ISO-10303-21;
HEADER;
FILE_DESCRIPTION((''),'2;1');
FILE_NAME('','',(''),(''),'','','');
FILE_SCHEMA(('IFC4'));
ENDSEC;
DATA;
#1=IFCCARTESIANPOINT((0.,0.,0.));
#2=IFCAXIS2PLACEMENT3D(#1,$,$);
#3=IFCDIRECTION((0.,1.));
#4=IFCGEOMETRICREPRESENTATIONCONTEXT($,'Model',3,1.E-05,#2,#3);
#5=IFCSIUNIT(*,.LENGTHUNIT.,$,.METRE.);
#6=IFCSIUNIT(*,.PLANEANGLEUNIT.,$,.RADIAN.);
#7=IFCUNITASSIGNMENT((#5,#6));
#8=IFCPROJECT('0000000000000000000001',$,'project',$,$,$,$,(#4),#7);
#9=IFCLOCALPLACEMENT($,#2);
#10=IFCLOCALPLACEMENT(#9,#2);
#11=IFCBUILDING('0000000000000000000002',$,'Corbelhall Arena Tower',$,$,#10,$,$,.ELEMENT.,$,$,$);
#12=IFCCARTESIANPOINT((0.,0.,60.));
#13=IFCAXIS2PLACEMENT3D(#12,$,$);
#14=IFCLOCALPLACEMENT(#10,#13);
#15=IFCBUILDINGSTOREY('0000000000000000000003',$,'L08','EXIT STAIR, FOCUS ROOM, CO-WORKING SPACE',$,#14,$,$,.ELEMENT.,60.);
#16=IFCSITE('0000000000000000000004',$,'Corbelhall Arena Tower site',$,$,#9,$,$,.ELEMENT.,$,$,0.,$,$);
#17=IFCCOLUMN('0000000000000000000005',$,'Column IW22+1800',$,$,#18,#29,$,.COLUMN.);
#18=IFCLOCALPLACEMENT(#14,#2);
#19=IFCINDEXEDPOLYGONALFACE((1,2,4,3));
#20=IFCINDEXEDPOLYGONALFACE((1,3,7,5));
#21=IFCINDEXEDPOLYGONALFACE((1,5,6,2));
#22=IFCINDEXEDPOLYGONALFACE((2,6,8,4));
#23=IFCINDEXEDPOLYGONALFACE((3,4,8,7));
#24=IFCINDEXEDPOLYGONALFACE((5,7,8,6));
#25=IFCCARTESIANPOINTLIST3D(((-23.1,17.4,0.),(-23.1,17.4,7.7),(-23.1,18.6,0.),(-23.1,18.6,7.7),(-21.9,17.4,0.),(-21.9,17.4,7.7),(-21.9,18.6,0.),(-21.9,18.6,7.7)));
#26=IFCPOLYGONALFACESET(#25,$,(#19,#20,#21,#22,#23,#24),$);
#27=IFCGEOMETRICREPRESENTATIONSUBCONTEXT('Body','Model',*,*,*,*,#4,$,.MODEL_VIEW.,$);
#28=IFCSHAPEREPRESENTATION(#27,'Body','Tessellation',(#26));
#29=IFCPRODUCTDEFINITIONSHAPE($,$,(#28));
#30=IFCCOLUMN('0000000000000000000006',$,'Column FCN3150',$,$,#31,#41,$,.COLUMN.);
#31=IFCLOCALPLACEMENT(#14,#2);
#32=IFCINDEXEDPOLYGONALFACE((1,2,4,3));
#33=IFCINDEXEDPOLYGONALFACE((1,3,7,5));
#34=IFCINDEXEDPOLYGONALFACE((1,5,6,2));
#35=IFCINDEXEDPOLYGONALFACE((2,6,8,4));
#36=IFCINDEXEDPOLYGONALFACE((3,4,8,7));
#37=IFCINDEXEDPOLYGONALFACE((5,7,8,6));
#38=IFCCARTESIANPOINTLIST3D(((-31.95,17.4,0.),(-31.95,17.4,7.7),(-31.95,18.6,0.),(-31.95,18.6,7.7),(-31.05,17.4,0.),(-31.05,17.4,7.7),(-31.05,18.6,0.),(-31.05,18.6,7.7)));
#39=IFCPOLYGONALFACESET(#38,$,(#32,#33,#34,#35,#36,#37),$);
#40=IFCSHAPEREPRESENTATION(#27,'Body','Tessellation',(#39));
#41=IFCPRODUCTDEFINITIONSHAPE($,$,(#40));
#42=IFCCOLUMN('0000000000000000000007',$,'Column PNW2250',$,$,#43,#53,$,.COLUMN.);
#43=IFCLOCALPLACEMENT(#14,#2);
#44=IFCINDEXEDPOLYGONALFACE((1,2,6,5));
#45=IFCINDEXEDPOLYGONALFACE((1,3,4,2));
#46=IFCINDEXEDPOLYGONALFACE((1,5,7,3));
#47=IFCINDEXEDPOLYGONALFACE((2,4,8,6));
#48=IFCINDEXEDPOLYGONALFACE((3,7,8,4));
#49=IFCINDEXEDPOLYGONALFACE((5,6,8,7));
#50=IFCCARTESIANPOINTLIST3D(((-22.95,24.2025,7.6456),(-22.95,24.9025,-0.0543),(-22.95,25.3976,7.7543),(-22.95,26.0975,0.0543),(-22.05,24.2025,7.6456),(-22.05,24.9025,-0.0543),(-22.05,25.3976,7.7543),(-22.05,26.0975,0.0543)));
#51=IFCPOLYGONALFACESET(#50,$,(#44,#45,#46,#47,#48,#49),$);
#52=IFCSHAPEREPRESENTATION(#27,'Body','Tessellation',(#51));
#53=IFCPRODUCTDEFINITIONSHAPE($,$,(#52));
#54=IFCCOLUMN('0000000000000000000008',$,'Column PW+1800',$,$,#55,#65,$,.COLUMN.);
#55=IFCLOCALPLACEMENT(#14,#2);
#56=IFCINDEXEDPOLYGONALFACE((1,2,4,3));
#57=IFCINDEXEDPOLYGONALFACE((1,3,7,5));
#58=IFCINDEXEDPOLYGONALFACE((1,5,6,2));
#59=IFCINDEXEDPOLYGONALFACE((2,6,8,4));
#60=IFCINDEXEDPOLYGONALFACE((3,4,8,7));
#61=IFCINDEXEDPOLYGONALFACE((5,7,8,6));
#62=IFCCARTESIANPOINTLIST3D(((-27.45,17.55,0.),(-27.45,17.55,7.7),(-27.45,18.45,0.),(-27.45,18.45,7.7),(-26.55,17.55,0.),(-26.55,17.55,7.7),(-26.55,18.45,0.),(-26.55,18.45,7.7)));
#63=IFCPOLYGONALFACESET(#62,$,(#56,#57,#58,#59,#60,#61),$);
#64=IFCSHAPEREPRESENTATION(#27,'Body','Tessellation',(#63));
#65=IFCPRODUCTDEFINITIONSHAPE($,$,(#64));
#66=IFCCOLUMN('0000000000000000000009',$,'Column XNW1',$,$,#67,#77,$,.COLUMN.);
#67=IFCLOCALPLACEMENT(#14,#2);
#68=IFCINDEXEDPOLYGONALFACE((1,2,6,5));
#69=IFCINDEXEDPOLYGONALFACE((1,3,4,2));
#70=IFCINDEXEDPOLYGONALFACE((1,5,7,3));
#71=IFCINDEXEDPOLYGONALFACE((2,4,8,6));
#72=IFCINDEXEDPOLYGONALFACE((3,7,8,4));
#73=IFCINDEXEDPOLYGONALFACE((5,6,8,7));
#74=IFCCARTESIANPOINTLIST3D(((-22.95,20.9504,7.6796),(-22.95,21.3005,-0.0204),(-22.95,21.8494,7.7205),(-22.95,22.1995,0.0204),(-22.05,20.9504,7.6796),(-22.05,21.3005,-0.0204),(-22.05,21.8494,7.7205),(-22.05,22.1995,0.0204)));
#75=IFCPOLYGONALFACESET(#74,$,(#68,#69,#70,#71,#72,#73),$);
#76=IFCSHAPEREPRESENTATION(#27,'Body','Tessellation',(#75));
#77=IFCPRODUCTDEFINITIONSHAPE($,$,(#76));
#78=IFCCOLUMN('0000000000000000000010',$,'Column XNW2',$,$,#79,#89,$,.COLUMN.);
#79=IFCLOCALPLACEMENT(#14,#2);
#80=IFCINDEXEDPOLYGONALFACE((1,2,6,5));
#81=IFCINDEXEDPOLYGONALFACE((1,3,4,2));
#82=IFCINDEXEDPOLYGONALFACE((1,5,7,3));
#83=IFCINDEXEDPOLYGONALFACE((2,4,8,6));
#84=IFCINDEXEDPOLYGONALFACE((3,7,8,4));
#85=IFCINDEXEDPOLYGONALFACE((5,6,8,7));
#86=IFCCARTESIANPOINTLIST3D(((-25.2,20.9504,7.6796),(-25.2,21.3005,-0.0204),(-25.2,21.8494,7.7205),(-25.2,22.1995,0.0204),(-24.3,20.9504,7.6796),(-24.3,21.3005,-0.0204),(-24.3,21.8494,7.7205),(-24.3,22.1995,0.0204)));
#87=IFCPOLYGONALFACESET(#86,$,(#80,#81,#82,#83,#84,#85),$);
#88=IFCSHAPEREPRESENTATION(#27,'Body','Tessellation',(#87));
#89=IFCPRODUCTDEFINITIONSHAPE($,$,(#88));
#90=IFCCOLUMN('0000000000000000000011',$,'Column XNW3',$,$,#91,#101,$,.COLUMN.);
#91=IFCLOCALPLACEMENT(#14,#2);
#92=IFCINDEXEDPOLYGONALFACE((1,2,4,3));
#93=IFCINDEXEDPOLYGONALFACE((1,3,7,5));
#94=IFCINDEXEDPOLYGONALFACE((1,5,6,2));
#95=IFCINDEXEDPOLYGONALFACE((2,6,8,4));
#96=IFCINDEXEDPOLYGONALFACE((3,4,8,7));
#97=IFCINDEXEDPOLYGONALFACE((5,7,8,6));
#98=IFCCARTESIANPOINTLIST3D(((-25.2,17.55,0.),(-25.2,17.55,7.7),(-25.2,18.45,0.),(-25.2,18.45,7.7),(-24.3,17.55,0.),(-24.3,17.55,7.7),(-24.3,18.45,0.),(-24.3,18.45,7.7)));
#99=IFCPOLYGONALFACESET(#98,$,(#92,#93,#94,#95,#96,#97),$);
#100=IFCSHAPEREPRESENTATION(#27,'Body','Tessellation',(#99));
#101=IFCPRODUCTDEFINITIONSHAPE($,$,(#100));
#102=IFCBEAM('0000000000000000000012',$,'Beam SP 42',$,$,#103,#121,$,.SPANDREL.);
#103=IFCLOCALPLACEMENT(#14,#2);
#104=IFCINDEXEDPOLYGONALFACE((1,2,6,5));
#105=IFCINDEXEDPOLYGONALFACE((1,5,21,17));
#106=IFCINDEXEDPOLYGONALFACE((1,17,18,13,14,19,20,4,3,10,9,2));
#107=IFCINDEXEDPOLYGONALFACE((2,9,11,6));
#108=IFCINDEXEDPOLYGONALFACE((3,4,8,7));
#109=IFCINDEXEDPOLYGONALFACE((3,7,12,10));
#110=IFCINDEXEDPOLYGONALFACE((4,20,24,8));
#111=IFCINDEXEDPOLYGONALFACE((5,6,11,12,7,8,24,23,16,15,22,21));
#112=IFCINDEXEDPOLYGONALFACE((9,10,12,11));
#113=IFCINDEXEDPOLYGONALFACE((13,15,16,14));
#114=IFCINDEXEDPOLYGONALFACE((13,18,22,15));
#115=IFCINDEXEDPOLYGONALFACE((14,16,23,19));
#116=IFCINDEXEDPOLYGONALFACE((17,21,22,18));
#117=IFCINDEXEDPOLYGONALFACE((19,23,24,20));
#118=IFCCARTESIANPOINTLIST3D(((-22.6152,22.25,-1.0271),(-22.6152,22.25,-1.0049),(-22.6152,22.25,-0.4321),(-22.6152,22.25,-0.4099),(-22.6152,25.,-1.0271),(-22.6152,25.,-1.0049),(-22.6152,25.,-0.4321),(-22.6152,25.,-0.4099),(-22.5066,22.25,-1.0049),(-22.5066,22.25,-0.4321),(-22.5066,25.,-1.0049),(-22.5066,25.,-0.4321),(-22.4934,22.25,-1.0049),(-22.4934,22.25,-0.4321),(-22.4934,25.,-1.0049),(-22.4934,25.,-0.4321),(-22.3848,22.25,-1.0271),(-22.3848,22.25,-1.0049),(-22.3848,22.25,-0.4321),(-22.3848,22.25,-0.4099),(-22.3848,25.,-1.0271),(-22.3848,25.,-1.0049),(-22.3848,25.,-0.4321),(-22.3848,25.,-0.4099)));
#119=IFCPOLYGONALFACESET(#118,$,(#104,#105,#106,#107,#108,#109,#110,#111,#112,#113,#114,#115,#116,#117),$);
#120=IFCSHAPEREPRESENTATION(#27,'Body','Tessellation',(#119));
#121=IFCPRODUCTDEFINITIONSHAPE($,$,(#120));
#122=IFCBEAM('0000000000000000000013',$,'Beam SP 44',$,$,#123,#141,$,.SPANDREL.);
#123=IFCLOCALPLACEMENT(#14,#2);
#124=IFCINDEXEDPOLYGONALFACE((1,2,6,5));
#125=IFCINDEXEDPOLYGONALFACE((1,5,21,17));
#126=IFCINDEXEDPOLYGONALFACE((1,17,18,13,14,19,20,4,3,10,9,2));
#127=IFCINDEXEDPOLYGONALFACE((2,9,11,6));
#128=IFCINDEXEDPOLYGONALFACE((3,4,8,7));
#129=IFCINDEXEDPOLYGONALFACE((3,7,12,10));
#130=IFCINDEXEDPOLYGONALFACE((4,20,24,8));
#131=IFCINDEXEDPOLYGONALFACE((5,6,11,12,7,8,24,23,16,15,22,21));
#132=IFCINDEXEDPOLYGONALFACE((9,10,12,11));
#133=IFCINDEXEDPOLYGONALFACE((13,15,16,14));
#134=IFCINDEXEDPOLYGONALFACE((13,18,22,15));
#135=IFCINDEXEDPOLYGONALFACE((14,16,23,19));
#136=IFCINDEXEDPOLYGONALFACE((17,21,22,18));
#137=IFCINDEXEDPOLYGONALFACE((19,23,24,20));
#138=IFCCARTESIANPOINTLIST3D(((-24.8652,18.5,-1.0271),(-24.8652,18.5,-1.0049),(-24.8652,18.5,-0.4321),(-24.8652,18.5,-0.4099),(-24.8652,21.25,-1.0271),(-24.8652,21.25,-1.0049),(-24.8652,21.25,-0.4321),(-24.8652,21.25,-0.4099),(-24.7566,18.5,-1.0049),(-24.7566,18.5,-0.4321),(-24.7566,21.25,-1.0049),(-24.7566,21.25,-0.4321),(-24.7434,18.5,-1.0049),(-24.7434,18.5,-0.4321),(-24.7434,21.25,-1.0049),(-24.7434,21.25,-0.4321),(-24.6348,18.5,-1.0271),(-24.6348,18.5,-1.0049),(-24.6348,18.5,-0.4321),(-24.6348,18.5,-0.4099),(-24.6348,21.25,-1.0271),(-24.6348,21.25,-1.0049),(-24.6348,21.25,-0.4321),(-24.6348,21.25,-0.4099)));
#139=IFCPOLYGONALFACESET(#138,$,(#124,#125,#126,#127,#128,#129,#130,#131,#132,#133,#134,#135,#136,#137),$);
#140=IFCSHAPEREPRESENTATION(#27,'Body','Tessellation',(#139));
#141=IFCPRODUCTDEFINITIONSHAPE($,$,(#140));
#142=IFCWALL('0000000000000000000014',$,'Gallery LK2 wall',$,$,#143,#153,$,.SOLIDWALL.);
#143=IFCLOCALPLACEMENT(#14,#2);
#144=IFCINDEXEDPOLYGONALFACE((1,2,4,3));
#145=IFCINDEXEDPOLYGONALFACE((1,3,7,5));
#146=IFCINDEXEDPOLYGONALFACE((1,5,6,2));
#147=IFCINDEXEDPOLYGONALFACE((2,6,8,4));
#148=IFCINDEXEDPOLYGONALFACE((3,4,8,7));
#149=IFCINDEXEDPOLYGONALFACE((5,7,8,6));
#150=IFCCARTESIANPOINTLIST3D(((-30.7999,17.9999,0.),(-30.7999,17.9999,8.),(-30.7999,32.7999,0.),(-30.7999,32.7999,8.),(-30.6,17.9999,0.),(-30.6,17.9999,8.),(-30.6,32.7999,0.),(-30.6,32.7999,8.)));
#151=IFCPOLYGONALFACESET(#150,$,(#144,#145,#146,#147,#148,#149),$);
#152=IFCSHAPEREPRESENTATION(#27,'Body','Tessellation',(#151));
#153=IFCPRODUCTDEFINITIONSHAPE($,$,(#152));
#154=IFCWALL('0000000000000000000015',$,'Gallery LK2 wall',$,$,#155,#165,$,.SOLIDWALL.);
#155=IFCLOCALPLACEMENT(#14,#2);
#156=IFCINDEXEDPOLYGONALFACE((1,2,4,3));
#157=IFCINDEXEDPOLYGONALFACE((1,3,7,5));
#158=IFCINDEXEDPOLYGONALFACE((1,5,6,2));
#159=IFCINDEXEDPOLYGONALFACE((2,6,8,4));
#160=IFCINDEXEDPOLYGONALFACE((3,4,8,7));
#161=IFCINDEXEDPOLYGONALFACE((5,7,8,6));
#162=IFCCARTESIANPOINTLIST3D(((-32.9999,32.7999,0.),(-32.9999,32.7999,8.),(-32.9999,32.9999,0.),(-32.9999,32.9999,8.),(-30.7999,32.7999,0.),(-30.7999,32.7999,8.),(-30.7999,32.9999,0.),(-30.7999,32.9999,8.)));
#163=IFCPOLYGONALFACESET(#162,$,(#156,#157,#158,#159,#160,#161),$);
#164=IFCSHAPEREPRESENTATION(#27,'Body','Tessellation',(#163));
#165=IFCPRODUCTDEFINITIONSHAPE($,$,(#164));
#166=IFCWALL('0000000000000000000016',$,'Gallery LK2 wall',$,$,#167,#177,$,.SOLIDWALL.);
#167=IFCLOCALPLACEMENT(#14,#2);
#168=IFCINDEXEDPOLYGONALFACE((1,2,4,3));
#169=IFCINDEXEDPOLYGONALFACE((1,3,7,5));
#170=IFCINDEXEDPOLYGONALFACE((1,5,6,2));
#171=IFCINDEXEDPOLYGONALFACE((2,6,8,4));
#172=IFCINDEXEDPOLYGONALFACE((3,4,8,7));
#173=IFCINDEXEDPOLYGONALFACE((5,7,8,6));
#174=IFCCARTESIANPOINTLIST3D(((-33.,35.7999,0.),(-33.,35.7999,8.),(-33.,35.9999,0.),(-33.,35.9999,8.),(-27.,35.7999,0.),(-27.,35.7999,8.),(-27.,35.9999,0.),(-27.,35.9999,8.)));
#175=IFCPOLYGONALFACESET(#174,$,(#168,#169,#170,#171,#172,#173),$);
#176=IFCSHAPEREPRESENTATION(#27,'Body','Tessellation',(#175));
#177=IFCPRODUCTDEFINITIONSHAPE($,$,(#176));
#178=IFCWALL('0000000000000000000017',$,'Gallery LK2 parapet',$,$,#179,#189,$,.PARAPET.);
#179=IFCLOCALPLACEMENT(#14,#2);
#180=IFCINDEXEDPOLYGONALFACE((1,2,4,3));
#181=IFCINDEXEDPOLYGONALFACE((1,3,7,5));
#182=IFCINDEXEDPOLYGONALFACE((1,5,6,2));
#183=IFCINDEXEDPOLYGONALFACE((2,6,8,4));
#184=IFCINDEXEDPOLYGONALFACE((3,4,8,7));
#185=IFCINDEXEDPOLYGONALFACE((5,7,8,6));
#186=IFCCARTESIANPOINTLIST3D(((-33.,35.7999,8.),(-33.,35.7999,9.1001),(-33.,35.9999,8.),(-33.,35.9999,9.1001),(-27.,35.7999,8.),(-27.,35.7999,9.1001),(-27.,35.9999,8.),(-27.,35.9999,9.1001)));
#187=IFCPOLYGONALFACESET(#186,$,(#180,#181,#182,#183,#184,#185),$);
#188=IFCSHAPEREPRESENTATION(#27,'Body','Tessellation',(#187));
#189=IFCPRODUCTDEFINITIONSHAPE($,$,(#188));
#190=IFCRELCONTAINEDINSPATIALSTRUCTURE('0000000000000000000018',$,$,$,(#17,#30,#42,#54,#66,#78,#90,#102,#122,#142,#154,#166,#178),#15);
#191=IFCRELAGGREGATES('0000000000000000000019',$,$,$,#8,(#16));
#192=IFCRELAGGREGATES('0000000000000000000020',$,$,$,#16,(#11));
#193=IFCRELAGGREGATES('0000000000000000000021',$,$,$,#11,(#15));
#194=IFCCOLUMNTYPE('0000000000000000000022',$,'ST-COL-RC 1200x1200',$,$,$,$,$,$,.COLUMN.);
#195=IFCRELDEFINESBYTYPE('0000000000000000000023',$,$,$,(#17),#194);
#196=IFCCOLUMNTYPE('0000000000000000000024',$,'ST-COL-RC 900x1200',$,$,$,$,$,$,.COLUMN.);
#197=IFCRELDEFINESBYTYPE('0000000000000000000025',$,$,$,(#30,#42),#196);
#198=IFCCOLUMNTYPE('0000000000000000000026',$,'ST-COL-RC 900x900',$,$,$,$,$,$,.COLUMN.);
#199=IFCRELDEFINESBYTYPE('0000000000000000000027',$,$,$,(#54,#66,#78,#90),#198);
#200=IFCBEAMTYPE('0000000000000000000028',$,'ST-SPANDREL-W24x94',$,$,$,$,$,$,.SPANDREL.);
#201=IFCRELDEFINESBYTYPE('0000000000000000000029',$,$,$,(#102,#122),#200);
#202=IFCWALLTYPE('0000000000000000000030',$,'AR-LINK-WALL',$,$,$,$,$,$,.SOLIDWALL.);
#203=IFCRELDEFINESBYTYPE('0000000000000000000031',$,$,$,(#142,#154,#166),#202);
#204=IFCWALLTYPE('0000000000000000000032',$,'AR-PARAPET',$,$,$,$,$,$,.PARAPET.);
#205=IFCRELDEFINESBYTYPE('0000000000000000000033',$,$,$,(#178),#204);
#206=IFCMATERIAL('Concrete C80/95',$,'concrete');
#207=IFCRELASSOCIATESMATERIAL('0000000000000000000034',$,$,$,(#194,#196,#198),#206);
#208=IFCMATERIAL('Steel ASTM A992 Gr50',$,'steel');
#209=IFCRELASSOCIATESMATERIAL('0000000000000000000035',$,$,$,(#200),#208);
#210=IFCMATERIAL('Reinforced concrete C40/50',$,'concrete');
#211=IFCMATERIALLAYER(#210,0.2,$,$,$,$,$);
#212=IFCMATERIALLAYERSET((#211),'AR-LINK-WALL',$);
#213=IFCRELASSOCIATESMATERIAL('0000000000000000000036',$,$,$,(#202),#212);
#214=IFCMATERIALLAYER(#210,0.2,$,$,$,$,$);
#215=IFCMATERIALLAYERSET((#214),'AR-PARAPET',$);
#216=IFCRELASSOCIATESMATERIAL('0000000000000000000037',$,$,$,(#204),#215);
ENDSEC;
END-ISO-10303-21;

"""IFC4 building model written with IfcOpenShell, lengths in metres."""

from ifc_helpers import new_model, si_unit, direction, frame, frame_2d, origin, origin_2d, place, context, subcontext, project, spatial, rectangle, i_section, extrude, material, layer, layer_set, material_profile, profile_set, type_object, element, save


model = new_model("IFC4")

# Units and contexts
model_context = context("Model", 3, precision=1e-05, world=origin(), true_north=direction((0.0, 1.0)))
body_context = subcontext(model_context, "Body", "Model", "MODEL_VIEW")
ifc_project = project(units=[si_unit("LENGTHUNIT", "METRE"), si_unit("PLANEANGLEUNIT", "RADIAN")], contexts=[model_context])

# Site, building, storey
site_placement = place(None, origin())
site = spatial("IfcSite", under=ifc_project, at=site_placement, Name="Corbelhall Arena Tower site", CompositionType="ELEMENT", RefElevation=0.0)
building_placement = place(site_placement, origin())
building = spatial("IfcBuilding", under=site, at=building_placement, Name="Corbelhall Arena Tower", CompositionType="ELEMENT")
storey_placement = place(building_placement, frame((0.0, 0.0, 60.0)))
storey = spatial("IfcBuildingStorey", under=building, at=storey_placement, Name="L08", Description="EXIT STAIR, FOCUS ROOM, CO-WORKING SPACE", CompositionType="ELEMENT", Elevation=60.0)

# Columns
ifc_material_1 = material(Name="Concrete C80/95", Category="concrete")
ifc_material_profile_1 = material_profile(ifc_material_1, rectangle(XDim=1.2, YDim=1.2, at=origin_2d()))
ifc_profile_set_1 = profile_set([ifc_material_profile_1], Name="Concrete C80/95")
column_type_1 = type_object("IfcColumnType", Name="ST-COL-RC 1200x1200", PredefinedType="COLUMN", material=ifc_profile_set_1)
column_1_placement = place(storey_placement, frame((-22.5, 18.0, 0.0), z_axis=(0.0, 0.0, 1.0), x_axis=(1.0, 0.0, 0.0)))
element("IfcColumn", 1, at=column_1_placement, inside=storey, type_object=column_type_1, Name="Column IW22+1800", PredefinedType="COLUMN", context=body_context, shape_type="SweptSolid", body=[
    extrude(rectangle(XDim=1.2, YDim=1.2, at=origin_2d()), origin(), (0.0, 0.0, 1.0), 7.7),
])
ifc_material_profile_2 = material_profile(ifc_material_1, rectangle(XDim=0.8999, YDim=1.2, at=origin_2d()))
ifc_profile_set_2 = profile_set([ifc_material_profile_2], Name="Concrete C80/95")
column_type_2 = type_object("IfcColumnType", Name="ST-COL-RC 900x1200", PredefinedType="COLUMN", material=ifc_profile_set_2)
column_2_placement = place(storey_placement, frame((-31.5, 18.0, 0.0), z_axis=(0.0, 0.0, 1.0), x_axis=(1.0, 0.0, 0.0)))
element("IfcColumn", 2, at=column_2_placement, inside=storey, type_object=column_type_2, Name="Column FCN3150", PredefinedType="COLUMN", context=body_context, shape_type="SweptSolid", body=[
    extrude(rectangle(XDim=0.8999, YDim=1.2, at=origin_2d()), origin(), (0.0, 0.0, 1.0), 7.7),
])
column_3_placement = place(storey_placement, frame((-22.5, 25.5, 0.0), z_axis=(0.0, -0.09053, 0.995894), x_axis=(1.0, 0.0, 0.0)))
element("IfcColumn", 3, at=column_3_placement, inside=storey, type_object=column_type_2, Name="Column PNW2250", PredefinedType="COLUMN", context=body_context, shape_type="SweptSolid", body=[
    extrude(rectangle(XDim=0.8999, YDim=1.2, at=origin_2d()), origin(), (0.0, 0.0, 1.0), 7.7317),
])
ifc_material_profile_3 = material_profile(ifc_material_1, rectangle(XDim=0.8999, YDim=0.8999, at=origin_2d()))
ifc_profile_set_3 = profile_set([ifc_material_profile_3], Name="Concrete C80/95")
column_type_3 = type_object("IfcColumnType", Name="ST-COL-RC 900x900", PredefinedType="COLUMN", material=ifc_profile_set_3)
column_4_placement = place(storey_placement, frame((-27.0, 18.0, 0.0), z_axis=(0.0, 0.0, 1.0), x_axis=(1.0, 0.0, 0.0)))
element("IfcColumn", 4, at=column_4_placement, inside=storey, type_object=column_type_3, Name="Column PW+1800", PredefinedType="COLUMN", context=body_context, shape_type="SweptSolid", body=[
    extrude(rectangle(XDim=0.8999, YDim=0.8999, at=origin_2d()), origin(), (0.0, 0.0, 1.0), 7.7),
])
for number, where, z_axis, x_axis, name in (
    (5, (-22.5, 21.75, 0.0), (0.0, -0.045421, 0.998968), (1.0, 0.0, 0.0), "Column XNW1"),
    (6, (-24.75, 21.75, 0.0), (0.0, -0.045421, 0.998968), (1.0, 0.0, 0.0), "Column XNW2"),
):
    element("IfcColumn", number, at=place(storey_placement, frame(where, z_axis=z_axis, x_axis=x_axis)), inside=storey, type_object=column_type_3, Name=name, PredefinedType="COLUMN", context=body_context, shape_type="SweptSolid", body=[
        extrude(rectangle(XDim=0.8999, YDim=0.8999, at=origin_2d()), origin(), (0.0, 0.0, 1.0), 7.708),
    ])
column_5_placement = place(storey_placement, frame((-24.75, 18.0, 0.0), z_axis=(0.0, 0.0, 1.0), x_axis=(1.0, 0.0, 0.0)))
element("IfcColumn", 7, at=column_5_placement, inside=storey, type_object=column_type_3, Name="Column XNW3", PredefinedType="COLUMN", context=body_context, shape_type="SweptSolid", body=[
    extrude(rectangle(XDim=0.8999, YDim=0.8999, at=origin_2d()), origin(), (0.0, 0.0, 1.0), 7.7),
])

# Beams
ifc_material_2 = material(Name="Steel ASTM A992 Gr50", Category="steel")
ifc_material_profile_4 = material_profile(ifc_material_2, i_section(OverallWidth=0.2305, OverallDepth=0.6172, WebThickness=0.0132, FlangeThickness=0.0222, at=origin_2d()))
ifc_profile_set_4 = profile_set([ifc_material_profile_4], Name="Steel ASTM A992 Gr50")
beam_type = type_object("IfcBeamType", Name="ST-SPANDREL-W24x94", PredefinedType="SPANDREL", material=ifc_profile_set_4)
for number, where, z_axis, x_axis, name in (
    (8, (-22.5, 22.25, -0.7185), (0.0, 1.0, 0.0), (-1.0, 0.0, 0.0), "Beam SP 42"),
    (9, (-24.75, 18.5, -0.7185), (0.0, 1.0, 0.0), (-1.0, 0.0, 0.0), "Beam SP 44"),
):
    element("IfcBeam", number, at=place(storey_placement, frame(where, z_axis=z_axis, x_axis=x_axis)), inside=storey, type_object=beam_type, Name=name, PredefinedType="SPANDREL", context=body_context, shape_type="SweptSolid", body=[
        extrude(i_section(OverallWidth=0.2305, OverallDepth=0.6172, WebThickness=0.0132, FlangeThickness=0.0222, at=origin_2d()), origin(), (0.0, 0.0, 1.0), 2.75),
    ])

# Shared definitions
ifc_material_3 = material(Name="Reinforced concrete C40/50", Category="concrete")
ifc_layer_1 = layer(ifc_material_3, 0.2)
ifc_layer_set_1 = layer_set([ifc_layer_1], Name="AR-LINK-WALL")
wall_type_1 = type_object("IfcWallType", Name="AR-LINK-WALL", PredefinedType="SOLIDWALL", material=ifc_layer_set_1)

# Walls
wall_1_placement = place(storey_placement, frame((-30.7, 18.0, 0.0), z_axis=(0.0, 0.0, 1.0), x_axis=(0.0, 1.0, 0.0)))
element("IfcWall", 10, at=wall_1_placement, inside=storey, type_object=wall_type_1, Name="Gallery LK2 wall", PredefinedType="SOLIDWALL", context=body_context, shape_type="SweptSolid", body=[
    extrude(rectangle(XDim=14.8, YDim=0.2, at=frame_2d((7.3999, 0.0))), origin(), (0.0, 0.0, 1.0), 8.0),
])
wall_2_placement = place(storey_placement, frame((-33.0, 32.8999, 0.0), z_axis=(0.0, 0.0, 1.0), x_axis=(1.0, 0.0, 0.0)))
element("IfcWall", 11, at=wall_2_placement, inside=storey, type_object=wall_type_1, Name="Gallery LK2 wall", PredefinedType="SOLIDWALL", context=body_context, shape_type="SweptSolid", body=[
    extrude(rectangle(XDim=2.2, YDim=0.2, at=frame_2d((1.1001, 0.0))), origin(), (0.0, 0.0, 1.0), 8.0),
])
wall_3_placement = place(storey_placement, frame((-33.0, 35.8999, 0.0), z_axis=(0.0, 0.0, 1.0), x_axis=(1.0, 0.0, 0.0)))
element("IfcWall", 12, at=wall_3_placement, inside=storey, type_object=wall_type_1, Name="Gallery LK2 wall", PredefinedType="SOLIDWALL", context=body_context, shape_type="SweptSolid", body=[
    extrude(rectangle(XDim=6.0, YDim=0.2, at=frame_2d((3.0, 0.0))), origin(), (0.0, 0.0, 1.0), 8.0),
])

# Wall
ifc_layer_2 = layer(ifc_material_3, 0.2)
ifc_layer_set_2 = layer_set([ifc_layer_2], Name="AR-PARAPET")
wall_type_2 = type_object("IfcWallType", Name="AR-PARAPET", PredefinedType="PARAPET", material=ifc_layer_set_2)
wall_4_placement = place(storey_placement, frame((-33.0, 35.8999, 8.0), z_axis=(0.0, 0.0, 1.0), x_axis=(1.0, 0.0, 0.0)))
element("IfcWall", 13, at=wall_4_placement, inside=storey, type_object=wall_type_2, Name="Gallery LK2 parapet", PredefinedType="PARAPET", context=body_context, shape_type="SweptSolid", body=[
    extrude(rectangle(XDim=6.0, YDim=0.2, at=frame_2d((3.0, 0.0))), origin(), (0.0, 0.0, 1.0), 1.1001),
])

save(model, "model.ifc")
